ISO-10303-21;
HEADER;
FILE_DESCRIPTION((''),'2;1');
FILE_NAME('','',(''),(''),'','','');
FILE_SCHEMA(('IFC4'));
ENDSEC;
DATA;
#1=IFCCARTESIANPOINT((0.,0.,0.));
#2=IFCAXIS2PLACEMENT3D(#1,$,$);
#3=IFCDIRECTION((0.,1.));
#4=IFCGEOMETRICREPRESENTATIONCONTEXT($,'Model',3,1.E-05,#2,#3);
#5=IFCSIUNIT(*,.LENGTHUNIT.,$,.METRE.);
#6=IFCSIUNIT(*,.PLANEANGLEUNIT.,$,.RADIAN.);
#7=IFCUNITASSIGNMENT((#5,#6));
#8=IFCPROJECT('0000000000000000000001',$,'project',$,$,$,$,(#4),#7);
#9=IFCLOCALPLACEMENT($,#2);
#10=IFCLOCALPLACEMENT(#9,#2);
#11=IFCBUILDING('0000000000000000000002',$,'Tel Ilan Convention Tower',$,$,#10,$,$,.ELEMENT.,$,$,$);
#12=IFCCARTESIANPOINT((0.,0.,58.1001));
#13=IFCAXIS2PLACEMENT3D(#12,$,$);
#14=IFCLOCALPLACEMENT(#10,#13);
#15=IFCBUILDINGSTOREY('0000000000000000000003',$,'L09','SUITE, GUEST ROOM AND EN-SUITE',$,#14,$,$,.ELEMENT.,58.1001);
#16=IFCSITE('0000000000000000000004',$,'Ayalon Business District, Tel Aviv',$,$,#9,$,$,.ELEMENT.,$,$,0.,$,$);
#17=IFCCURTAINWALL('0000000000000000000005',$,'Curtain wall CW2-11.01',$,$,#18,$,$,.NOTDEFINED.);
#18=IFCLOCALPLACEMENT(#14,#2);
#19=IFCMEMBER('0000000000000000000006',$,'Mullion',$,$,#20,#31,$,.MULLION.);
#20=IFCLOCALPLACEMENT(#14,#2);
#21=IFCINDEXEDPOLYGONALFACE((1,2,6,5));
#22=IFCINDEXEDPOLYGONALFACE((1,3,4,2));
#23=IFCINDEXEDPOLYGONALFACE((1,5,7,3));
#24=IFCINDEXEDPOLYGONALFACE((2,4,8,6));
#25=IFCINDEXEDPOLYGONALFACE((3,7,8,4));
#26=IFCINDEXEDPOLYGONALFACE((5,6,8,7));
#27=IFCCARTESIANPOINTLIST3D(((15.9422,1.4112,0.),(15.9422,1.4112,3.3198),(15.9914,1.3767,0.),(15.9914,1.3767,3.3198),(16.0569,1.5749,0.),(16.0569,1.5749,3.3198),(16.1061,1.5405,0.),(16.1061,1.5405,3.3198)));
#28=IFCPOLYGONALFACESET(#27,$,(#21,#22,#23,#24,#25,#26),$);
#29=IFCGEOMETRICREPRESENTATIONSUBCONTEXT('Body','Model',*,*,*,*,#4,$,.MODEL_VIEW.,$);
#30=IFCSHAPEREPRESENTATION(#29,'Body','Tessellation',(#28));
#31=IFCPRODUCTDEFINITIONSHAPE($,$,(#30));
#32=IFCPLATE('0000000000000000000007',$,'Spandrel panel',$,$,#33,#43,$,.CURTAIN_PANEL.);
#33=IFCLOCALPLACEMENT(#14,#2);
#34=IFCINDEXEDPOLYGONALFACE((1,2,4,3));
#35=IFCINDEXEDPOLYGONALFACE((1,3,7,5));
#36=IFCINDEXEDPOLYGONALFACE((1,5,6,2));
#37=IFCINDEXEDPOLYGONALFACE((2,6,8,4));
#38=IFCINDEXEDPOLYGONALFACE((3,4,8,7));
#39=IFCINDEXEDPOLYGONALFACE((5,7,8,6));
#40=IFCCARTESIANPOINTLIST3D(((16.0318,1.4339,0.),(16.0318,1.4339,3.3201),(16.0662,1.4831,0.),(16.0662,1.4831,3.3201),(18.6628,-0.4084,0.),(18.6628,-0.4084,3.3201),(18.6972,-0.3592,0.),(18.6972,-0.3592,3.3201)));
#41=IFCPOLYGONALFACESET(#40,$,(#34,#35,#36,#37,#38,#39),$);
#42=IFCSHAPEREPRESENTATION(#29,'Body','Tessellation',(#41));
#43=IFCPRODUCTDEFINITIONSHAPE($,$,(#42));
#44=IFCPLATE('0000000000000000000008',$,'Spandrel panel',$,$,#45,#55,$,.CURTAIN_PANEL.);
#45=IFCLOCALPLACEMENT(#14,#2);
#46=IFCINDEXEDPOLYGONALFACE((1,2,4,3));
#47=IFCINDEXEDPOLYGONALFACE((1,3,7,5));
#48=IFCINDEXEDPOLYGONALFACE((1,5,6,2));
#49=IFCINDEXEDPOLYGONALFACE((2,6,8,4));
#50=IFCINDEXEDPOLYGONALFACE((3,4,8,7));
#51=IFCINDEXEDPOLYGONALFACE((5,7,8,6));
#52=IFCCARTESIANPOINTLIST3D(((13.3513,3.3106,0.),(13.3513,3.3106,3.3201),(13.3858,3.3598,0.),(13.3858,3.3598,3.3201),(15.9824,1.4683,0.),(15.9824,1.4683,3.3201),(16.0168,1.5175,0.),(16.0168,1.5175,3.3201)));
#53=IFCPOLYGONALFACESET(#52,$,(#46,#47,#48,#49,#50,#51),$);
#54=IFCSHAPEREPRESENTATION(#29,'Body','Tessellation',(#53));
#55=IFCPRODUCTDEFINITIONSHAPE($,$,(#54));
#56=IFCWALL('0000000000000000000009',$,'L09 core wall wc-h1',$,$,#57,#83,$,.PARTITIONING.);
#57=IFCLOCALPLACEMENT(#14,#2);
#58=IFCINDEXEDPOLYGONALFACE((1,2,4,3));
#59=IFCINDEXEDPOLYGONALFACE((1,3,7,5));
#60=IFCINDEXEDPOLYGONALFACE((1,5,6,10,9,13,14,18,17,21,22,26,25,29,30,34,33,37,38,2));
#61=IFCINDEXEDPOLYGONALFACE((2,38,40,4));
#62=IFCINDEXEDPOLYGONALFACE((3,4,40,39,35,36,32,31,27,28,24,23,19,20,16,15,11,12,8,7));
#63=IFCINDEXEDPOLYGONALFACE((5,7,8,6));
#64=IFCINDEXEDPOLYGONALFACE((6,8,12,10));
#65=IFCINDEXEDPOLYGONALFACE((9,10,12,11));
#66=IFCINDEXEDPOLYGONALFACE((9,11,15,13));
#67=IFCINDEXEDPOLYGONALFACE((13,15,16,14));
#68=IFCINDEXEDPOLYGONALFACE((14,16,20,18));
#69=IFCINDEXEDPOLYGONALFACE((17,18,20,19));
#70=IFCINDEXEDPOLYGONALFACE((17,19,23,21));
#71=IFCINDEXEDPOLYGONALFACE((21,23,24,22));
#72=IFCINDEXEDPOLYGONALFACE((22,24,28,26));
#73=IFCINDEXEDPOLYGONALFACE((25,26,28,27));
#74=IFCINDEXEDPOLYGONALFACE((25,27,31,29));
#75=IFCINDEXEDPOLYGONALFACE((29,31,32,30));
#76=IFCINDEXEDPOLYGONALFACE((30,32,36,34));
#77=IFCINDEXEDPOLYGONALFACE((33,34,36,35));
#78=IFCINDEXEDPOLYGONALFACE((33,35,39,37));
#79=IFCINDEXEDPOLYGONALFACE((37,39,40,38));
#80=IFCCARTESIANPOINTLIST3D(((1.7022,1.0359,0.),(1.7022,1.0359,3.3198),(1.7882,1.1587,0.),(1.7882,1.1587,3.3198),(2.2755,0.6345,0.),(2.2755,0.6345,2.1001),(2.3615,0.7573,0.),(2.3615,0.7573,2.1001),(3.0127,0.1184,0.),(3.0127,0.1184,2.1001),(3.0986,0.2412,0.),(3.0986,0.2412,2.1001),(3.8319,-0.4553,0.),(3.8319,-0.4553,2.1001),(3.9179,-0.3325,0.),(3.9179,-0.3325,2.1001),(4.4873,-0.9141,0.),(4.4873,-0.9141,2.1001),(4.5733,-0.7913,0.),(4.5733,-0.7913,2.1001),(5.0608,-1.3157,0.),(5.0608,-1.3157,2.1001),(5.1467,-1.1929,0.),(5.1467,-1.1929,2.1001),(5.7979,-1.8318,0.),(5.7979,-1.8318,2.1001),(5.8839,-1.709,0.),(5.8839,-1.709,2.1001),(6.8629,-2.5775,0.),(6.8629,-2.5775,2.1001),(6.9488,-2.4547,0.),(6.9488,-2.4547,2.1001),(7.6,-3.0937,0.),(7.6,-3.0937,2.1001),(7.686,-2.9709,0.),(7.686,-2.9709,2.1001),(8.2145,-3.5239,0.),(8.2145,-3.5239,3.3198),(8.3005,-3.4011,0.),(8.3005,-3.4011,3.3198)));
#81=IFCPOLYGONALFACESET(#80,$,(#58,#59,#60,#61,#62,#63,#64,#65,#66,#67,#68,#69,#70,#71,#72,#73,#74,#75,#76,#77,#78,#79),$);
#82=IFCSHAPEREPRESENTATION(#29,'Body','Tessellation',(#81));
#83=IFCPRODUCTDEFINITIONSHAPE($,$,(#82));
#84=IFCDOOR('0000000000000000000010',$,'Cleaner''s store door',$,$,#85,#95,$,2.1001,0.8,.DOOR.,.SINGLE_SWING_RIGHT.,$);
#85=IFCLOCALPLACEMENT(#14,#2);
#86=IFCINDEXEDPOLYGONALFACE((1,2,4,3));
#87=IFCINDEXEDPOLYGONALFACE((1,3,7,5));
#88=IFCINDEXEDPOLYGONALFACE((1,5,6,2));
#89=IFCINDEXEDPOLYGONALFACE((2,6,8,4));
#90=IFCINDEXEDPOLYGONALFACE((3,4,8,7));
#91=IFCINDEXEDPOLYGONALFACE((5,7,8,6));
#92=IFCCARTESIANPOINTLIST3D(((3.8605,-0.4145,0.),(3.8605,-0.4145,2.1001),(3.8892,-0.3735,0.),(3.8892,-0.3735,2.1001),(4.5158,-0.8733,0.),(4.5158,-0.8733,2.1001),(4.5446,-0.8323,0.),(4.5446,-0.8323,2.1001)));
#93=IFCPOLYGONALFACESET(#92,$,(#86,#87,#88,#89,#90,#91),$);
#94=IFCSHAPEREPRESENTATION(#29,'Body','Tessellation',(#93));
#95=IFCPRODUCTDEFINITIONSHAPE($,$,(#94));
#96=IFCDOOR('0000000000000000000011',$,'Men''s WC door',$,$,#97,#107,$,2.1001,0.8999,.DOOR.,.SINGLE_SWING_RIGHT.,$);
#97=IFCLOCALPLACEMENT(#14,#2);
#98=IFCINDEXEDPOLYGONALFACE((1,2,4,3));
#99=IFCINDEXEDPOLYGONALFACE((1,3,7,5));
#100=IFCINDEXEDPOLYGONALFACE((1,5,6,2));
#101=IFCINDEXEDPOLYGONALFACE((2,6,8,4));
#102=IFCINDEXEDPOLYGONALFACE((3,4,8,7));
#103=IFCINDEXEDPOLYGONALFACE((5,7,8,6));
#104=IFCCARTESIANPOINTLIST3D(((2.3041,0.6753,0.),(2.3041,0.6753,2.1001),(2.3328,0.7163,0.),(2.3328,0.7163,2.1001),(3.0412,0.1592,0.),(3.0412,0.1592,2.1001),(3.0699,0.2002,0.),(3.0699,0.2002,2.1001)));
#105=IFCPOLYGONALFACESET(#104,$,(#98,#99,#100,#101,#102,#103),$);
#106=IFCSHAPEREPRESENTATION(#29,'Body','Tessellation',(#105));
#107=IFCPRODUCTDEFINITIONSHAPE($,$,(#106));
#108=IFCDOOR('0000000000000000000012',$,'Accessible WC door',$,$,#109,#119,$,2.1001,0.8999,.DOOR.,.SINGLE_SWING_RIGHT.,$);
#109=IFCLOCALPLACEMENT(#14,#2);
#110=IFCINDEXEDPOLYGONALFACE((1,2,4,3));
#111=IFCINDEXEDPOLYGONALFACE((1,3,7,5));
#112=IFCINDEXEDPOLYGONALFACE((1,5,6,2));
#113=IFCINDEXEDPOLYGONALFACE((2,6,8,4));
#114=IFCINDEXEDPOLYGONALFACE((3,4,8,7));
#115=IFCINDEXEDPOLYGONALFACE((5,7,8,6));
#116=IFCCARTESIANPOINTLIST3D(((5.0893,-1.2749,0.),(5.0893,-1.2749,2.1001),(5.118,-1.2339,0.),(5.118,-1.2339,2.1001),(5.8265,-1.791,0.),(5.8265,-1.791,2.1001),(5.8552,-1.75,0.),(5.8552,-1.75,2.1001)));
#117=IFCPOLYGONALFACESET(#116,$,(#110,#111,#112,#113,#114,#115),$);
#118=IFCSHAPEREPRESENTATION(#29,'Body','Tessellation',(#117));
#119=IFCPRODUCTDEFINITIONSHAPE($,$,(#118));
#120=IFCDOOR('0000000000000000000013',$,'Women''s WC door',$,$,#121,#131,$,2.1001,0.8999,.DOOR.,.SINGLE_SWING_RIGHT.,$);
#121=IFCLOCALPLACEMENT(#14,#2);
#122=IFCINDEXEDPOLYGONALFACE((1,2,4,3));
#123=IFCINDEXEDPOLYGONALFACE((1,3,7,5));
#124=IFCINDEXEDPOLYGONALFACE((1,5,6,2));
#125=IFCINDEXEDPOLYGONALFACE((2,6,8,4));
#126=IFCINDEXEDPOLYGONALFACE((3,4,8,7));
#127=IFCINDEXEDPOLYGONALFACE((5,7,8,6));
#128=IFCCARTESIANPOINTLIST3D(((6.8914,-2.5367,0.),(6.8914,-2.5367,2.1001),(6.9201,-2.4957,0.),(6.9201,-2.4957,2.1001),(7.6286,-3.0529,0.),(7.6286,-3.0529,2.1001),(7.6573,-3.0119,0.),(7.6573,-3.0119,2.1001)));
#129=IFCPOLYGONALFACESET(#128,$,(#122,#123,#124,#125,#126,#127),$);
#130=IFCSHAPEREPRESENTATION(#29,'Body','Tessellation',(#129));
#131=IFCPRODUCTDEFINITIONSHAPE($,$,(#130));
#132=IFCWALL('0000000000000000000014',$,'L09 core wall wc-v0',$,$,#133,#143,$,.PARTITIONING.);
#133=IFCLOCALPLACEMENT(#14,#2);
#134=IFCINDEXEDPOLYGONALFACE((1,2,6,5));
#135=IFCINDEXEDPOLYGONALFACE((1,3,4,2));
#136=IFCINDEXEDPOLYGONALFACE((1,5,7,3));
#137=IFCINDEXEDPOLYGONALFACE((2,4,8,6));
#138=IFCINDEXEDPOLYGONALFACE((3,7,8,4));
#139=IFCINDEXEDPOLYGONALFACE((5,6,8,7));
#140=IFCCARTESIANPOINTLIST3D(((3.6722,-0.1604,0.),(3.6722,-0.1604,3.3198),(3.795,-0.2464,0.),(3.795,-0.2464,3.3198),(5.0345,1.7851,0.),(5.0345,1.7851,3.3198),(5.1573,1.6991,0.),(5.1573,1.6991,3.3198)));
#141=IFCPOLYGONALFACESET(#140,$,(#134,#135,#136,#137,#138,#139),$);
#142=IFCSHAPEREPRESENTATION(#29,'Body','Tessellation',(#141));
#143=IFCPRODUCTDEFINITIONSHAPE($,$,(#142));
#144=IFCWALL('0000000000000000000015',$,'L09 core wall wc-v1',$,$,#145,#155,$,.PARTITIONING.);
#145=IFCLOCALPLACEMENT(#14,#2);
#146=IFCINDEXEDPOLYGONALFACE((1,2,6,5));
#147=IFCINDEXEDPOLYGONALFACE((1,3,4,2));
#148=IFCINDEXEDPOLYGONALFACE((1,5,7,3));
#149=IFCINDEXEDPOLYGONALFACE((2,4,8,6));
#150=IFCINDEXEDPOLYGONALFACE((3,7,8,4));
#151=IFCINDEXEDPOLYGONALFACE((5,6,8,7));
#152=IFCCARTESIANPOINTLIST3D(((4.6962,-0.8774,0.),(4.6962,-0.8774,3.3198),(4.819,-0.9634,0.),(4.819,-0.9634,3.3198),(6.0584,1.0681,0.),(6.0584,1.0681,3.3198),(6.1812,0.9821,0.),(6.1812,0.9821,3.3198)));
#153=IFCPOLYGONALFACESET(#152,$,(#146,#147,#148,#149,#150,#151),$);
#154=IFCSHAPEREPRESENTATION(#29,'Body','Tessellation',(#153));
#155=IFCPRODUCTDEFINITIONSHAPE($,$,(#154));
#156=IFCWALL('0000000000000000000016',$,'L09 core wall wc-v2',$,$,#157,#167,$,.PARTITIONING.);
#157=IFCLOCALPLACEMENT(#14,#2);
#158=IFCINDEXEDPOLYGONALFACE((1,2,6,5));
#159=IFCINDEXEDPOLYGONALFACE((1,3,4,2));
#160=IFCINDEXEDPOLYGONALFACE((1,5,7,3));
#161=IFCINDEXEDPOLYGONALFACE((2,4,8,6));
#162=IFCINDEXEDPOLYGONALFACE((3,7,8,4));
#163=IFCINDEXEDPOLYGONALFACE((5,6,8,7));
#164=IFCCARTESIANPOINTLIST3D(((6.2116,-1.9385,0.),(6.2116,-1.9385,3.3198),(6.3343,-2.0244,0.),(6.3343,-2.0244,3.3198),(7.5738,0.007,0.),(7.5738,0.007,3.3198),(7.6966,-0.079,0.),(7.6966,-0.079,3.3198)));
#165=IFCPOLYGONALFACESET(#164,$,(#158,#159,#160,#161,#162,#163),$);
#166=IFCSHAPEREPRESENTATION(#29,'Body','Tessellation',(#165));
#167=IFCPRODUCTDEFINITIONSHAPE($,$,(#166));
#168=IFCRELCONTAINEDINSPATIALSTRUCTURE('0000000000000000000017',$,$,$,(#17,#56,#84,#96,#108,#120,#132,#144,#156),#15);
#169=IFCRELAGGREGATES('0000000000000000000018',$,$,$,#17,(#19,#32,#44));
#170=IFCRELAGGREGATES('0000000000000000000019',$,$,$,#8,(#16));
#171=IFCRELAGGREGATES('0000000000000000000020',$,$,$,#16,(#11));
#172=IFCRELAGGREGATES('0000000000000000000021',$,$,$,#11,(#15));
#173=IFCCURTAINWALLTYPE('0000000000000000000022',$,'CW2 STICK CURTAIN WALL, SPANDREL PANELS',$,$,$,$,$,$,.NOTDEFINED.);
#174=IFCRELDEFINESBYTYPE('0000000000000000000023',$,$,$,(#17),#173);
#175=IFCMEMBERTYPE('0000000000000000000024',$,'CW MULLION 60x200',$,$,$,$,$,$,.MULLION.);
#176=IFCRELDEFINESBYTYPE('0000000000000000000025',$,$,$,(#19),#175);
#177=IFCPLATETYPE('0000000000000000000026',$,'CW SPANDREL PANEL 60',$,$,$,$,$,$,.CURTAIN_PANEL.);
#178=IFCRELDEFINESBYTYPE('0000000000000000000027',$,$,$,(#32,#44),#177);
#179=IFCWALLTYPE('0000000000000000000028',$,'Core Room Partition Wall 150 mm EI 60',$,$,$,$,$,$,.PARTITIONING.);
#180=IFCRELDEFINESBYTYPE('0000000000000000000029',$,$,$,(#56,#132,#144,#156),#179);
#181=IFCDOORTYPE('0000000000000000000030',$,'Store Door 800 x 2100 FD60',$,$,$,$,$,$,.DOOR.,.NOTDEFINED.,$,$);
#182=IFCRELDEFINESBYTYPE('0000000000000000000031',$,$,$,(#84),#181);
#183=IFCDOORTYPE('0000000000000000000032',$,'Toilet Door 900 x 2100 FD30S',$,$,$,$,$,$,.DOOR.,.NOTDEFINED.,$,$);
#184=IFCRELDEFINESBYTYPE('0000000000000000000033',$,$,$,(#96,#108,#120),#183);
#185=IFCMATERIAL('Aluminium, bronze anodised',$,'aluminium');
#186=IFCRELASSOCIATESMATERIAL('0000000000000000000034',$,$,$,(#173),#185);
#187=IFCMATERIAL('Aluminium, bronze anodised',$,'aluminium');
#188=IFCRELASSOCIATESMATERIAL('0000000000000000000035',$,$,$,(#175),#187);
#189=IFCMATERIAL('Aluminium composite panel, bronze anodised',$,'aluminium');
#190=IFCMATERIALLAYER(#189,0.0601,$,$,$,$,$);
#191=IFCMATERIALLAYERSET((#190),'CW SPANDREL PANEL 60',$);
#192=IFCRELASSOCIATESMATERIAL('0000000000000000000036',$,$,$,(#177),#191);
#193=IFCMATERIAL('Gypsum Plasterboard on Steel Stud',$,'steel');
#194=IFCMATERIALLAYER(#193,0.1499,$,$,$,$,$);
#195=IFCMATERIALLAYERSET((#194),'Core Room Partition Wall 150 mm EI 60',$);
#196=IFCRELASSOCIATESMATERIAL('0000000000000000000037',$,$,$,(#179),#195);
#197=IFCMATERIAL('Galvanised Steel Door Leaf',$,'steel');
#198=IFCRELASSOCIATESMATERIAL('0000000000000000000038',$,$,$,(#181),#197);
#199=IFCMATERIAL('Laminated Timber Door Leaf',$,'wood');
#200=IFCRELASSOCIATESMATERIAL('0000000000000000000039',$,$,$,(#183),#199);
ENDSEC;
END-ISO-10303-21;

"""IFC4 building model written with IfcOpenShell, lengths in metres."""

from ifc_helpers import new_model, si_unit, direction, frame, frame_2d, origin, origin_2d, place, context, subcontext, project, spatial, rectangle, extrude, material, layer, layer_set, material_profile, profile_set, type_object, element, fill, aggregate, save


model = new_model("IFC4")

# Units and contexts
model_context = context("Model", 3, precision=1e-05, world=origin(), true_north=direction((0.0, 1.0)))
body_context = subcontext(model_context, "Body", "Model", "MODEL_VIEW")
ifc_project = project(units=[si_unit("LENGTHUNIT", "METRE"), si_unit("PLANEANGLEUNIT", "RADIAN")], contexts=[model_context])

# Site, building, storey
site_placement = place(None, origin())
site = spatial("IfcSite", under=ifc_project, at=site_placement, Name="Ayalon Business District, Tel Aviv", CompositionType="ELEMENT", RefElevation=0.0)
building_placement = place(site_placement, origin())
building = spatial("IfcBuilding", under=site, at=building_placement, Name="Tel Ilan Convention Tower", CompositionType="ELEMENT")
storey_placement = place(building_placement, frame((0.0, 0.0, 58.1001)))
storey = spatial("IfcBuildingStorey", under=building, at=storey_placement, Name="L09", Description="SUITE, GUEST ROOM AND EN-SUITE", CompositionType="ELEMENT", Elevation=58.1001)

# Curtain wall, member, plates
ifc_material_1 = material(Name="Aluminium, bronze anodised", Category="aluminium")
curtain_wall_type = type_object("IfcCurtainWallType", Name="CW2 STICK CURTAIN WALL, SPANDREL PANELS", PredefinedType="NOTDEFINED", material=ifc_material_1)
curtain_wall_placement = place(storey_placement, origin())
curtain_wall = element("IfcCurtainWall", 1, at=curtain_wall_placement, inside=storey, type_object=curtain_wall_type, Name="Curtain wall CW2-11.01", PredefinedType="NOTDEFINED")
ifc_material_2 = material(Name="Aluminium, bronze anodised", Category="aluminium")
ifc_material_profile = material_profile(ifc_material_2, rectangle(XDim=0.0601, YDim=0.2, at=origin_2d()), Name="CW MULLION 60x200")
ifc_profile_set = profile_set([ifc_material_profile], Name="Aluminium, bronze anodised")
member_type = type_object("IfcMemberType", Name="CW MULLION 60x200", PredefinedType="MULLION", material=ifc_profile_set)
member_placement = place(storey_placement, frame((16.0242, 1.4758, 0.0), z_axis=(0.0, 0.0, 1.0), x_axis=(-0.819152, 0.573576, 0.0)))
member = element("IfcMember", 2, at=member_placement, type_object=member_type, Name="Mullion", PredefinedType="MULLION", context=body_context, shape_type="SweptSolid", body=[
    extrude(rectangle(XDim=0.0601, YDim=0.2, at=origin_2d()), origin(), (0.0, 0.0, 1.0), 3.3198),
])
ifc_material_3 = material(Name="Aluminium composite panel, bronze anodised", Category="aluminium")
ifc_layer_1 = layer(ifc_material_3, 0.0601)
ifc_layer_set_1 = layer_set([ifc_layer_1], Name="CW SPANDREL PANEL 60")
plate_type = type_object("IfcPlateType", Name="CW SPANDREL PANEL 60", PredefinedType="CURTAIN_PANEL", material=ifc_layer_set_1)
plate_1_placement = place(storey_placement, frame((17.3645, 0.5374, 0.0), z_axis=(0.0, 0.0, 1.0), x_axis=(-0.819152, 0.573576, 0.0)))
plate_1 = element("IfcPlate", 3, at=plate_1_placement, type_object=plate_type, Name="Spandrel panel", PredefinedType="CURTAIN_PANEL", context=body_context, shape_type="SweptSolid", body=[
    extrude(rectangle(XDim=3.2119, YDim=0.0601, at=origin_2d()), origin(), (0.0, 0.0, 1.0), 3.3201),
])
plate_2_placement = place(storey_placement, frame((14.6841, 2.4141, 0.0), z_axis=(0.0, 0.0, 1.0), x_axis=(-0.819152, 0.573576, 0.0)))
plate_2 = element("IfcPlate", 4, at=plate_2_placement, type_object=plate_type, Name="Spandrel panel", PredefinedType="CURTAIN_PANEL", context=body_context, shape_type="SweptSolid", body=[
    extrude(rectangle(XDim=3.2119, YDim=0.0601, at=origin_2d()), origin(), (0.0, 0.0, 1.0), 3.3201),
])
aggregate(curtain_wall, [member, plate_1, plate_2])

# Wall, openings, doors
ifc_material_4 = material(Name="Gypsum Plasterboard on Steel Stud", Category="steel")
ifc_layer_2 = layer(ifc_material_4, 0.1499)
ifc_layer_set_2 = layer_set([ifc_layer_2], Name="Core Room Partition Wall 150 mm EI 60")
wall_type_1 = type_object("IfcWallType", Name="Core Room Partition Wall 150 mm EI 60", PredefinedType="PARTITIONING", material=ifc_layer_set_2)
wall_1_placement = place(storey_placement, frame((1.7451, 1.0974, 0.0), z_axis=(0.0, 0.0, 1.0), x_axis=(0.819157, -0.57357, 0.0)))
wall_1 = element("IfcWall", 5, at=wall_1_placement, inside=storey, type_object=wall_type_1, Name="L09 core wall wc-h1", PredefinedType="PARTITIONING", context=body_context, shape_type="SweptSolid", body=[
    extrude(rectangle(XDim=7.95, YDim=0.1499, at=frame_2d((3.9751, 0.0))), origin(), (0.0, 0.0, 1.0), 3.3198),
])
opening_1_placement = place(wall_1_placement, frame((0.7, 0.0, 0.0)))
opening_1 = element("IfcOpeningElement", 6, at=opening_1_placement, cuts=wall_1, PredefinedType="OPENING", context=body_context, shape_type="SweptSolid", body=[
    extrude(rectangle(XDim=0.8999, YDim=2.1001, at=frame_2d((0.45, 1.05))), frame((0.0, 0.085, 0.0), z_axis=(0.0, -1.0, 0.0), x_axis=(1.0, 0.0, 0.0)), (0.0, 0.0, 1.0), 0.1699),
])
opening_2_placement = place(wall_1_placement, frame((2.6001, 0.0, 0.0)))
opening_2 = element("IfcOpeningElement", 7, at=opening_2_placement, cuts=wall_1, PredefinedType="OPENING", context=body_context, shape_type="SweptSolid", body=[
    extrude(rectangle(XDim=0.8, YDim=2.1001, at=frame_2d((0.3999, 1.05))), frame((0.0, 0.085, 0.0), z_axis=(0.0, -1.0, 0.0), x_axis=(1.0, 0.0, 0.0)), (0.0, 0.0, 1.0), 0.1699),
])
opening_3_placement = place(wall_1_placement, frame((4.1001, 0.0, 0.0)))
opening_3 = element("IfcOpeningElement", 8, at=opening_3_placement, cuts=wall_1, PredefinedType="OPENING", context=body_context, shape_type="SweptSolid", body=[
    extrude(rectangle(XDim=0.8999, YDim=2.1001, at=frame_2d((0.45, 1.05))), frame((0.0, 0.085, 0.0), z_axis=(0.0, -1.0, 0.0), x_axis=(1.0, 0.0, 0.0)), (0.0, 0.0, 1.0), 0.1699),
])
opening_4_placement = place(wall_1_placement, frame((6.3, 0.0, 0.0)))
opening_4 = element("IfcOpeningElement", 9, at=opening_4_placement, cuts=wall_1, PredefinedType="OPENING", context=body_context, shape_type="SweptSolid", body=[
    extrude(rectangle(XDim=0.8999, YDim=2.1001, at=frame_2d((0.45, 1.05))), frame((0.0, 0.085, 0.0), z_axis=(0.0, -1.0, 0.0), x_axis=(1.0, 0.0, 0.0)), (0.0, 0.0, 1.0), 0.1699),
])
ifc_material_5 = material(Name="Galvanised Steel Door Leaf", Category="steel")
door_type_1 = type_object("IfcDoorType", Name="Store Door 800 x 2100 FD60", OperationType="NOTDEFINED", PredefinedType="DOOR", material=ifc_material_5)
door_1_placement = place(opening_2_placement, origin())
door_1 = element("IfcDoor", 10, at=door_1_placement, inside=storey, type_object=door_type_1, Name="Cleaner's store door", OperationType="SINGLE_SWING_RIGHT", OverallHeight=2.1001, OverallWidth=0.8, PredefinedType="DOOR", context=body_context, shape_type="SweptSolid", body=[
    extrude(rectangle(XDim=0.8, YDim=2.1001, at=frame_2d((0.3999, 1.05))), frame((0.0, 0.0249, 0.0), z_axis=(0.0, -1.0, 0.0), x_axis=(1.0, 0.0, 0.0)), (0.0, 0.0, 1.0), 0.05),
])
fill(opening_2, door_1)
ifc_material_6 = material(Name="Laminated Timber Door Leaf", Category="wood")
door_type_2 = type_object("IfcDoorType", Name="Toilet Door 900 x 2100 FD30S", OperationType="NOTDEFINED", PredefinedType="DOOR", material=ifc_material_6)
door_2_placement = place(opening_1_placement, origin())
door_2 = element("IfcDoor", 11, at=door_2_placement, inside=storey, type_object=door_type_2, Name="Men's WC door", OperationType="SINGLE_SWING_RIGHT", OverallHeight=2.1001, OverallWidth=0.8999, PredefinedType="DOOR", context=body_context, shape_type="SweptSolid", body=[
    extrude(rectangle(XDim=0.8999, YDim=2.1001, at=frame_2d((0.45, 1.05))), frame((0.0, 0.0249, 0.0), z_axis=(0.0, -1.0, 0.0), x_axis=(1.0, 0.0, 0.0)), (0.0, 0.0, 1.0), 0.05),
])
fill(opening_1, door_2)
door_3_placement = place(opening_3_placement, origin())
door_3 = element("IfcDoor", 12, at=door_3_placement, inside=storey, type_object=door_type_2, Name="Accessible WC door", OperationType="SINGLE_SWING_RIGHT", OverallHeight=2.1001, OverallWidth=0.8999, PredefinedType="DOOR", context=body_context, shape_type="SweptSolid", body=[
    extrude(rectangle(XDim=0.8999, YDim=2.1001, at=frame_2d((0.45, 1.05))), frame((0.0, 0.0249, 0.0), z_axis=(0.0, -1.0, 0.0), x_axis=(1.0, 0.0, 0.0)), (0.0, 0.0, 1.0), 0.05),
])
fill(opening_3, door_3)
door_4_placement = place(opening_4_placement, origin())
door_4 = element("IfcDoor", 13, at=door_4_placement, inside=storey, type_object=door_type_2, Name="Women's WC door", OperationType="SINGLE_SWING_RIGHT", OverallHeight=2.1001, OverallWidth=0.8999, PredefinedType="DOOR", context=body_context, shape_type="SweptSolid", body=[
    extrude(rectangle(XDim=0.8999, YDim=2.1001, at=frame_2d((0.45, 1.05))), frame((0.0, 0.0249, 0.0), z_axis=(0.0, -1.0, 0.0), x_axis=(1.0, 0.0, 0.0)), (0.0, 0.0, 1.0), 0.05),
])
fill(opening_4, door_4)

# Walls
for number, where, z_axis, x_axis, name in (
    (14, (3.7336, -0.2034, 0.0), (0.0, 0.0, 1.0), (0.57358, 0.81915, 0.0), "L09 core wall wc-v0"),
    (15, (4.7576, -0.9204, 0.0), (0.0, 0.0, 1.0), (0.57358, 0.81915, 0.0), "L09 core wall wc-v1"),
    (16, (6.2729, -1.9814, 0.0), (0.0, 0.0, 1.0), (0.57358, 0.81915, 0.0), "L09 core wall wc-v2"),
):
    element("IfcWall", number, at=place(storey_placement, frame(where, z_axis=z_axis, x_axis=x_axis)), inside=storey, type_object=wall_type_1, Name=name, PredefinedType="PARTITIONING", context=body_context, shape_type="SweptSolid", body=[
        extrude(rectangle(XDim=2.375, YDim=0.1499, at=frame_2d((1.1875, 0.0))), origin(), (0.0, 0.0, 1.0), 3.3198),
    ])

save(model, "model.ifc")
